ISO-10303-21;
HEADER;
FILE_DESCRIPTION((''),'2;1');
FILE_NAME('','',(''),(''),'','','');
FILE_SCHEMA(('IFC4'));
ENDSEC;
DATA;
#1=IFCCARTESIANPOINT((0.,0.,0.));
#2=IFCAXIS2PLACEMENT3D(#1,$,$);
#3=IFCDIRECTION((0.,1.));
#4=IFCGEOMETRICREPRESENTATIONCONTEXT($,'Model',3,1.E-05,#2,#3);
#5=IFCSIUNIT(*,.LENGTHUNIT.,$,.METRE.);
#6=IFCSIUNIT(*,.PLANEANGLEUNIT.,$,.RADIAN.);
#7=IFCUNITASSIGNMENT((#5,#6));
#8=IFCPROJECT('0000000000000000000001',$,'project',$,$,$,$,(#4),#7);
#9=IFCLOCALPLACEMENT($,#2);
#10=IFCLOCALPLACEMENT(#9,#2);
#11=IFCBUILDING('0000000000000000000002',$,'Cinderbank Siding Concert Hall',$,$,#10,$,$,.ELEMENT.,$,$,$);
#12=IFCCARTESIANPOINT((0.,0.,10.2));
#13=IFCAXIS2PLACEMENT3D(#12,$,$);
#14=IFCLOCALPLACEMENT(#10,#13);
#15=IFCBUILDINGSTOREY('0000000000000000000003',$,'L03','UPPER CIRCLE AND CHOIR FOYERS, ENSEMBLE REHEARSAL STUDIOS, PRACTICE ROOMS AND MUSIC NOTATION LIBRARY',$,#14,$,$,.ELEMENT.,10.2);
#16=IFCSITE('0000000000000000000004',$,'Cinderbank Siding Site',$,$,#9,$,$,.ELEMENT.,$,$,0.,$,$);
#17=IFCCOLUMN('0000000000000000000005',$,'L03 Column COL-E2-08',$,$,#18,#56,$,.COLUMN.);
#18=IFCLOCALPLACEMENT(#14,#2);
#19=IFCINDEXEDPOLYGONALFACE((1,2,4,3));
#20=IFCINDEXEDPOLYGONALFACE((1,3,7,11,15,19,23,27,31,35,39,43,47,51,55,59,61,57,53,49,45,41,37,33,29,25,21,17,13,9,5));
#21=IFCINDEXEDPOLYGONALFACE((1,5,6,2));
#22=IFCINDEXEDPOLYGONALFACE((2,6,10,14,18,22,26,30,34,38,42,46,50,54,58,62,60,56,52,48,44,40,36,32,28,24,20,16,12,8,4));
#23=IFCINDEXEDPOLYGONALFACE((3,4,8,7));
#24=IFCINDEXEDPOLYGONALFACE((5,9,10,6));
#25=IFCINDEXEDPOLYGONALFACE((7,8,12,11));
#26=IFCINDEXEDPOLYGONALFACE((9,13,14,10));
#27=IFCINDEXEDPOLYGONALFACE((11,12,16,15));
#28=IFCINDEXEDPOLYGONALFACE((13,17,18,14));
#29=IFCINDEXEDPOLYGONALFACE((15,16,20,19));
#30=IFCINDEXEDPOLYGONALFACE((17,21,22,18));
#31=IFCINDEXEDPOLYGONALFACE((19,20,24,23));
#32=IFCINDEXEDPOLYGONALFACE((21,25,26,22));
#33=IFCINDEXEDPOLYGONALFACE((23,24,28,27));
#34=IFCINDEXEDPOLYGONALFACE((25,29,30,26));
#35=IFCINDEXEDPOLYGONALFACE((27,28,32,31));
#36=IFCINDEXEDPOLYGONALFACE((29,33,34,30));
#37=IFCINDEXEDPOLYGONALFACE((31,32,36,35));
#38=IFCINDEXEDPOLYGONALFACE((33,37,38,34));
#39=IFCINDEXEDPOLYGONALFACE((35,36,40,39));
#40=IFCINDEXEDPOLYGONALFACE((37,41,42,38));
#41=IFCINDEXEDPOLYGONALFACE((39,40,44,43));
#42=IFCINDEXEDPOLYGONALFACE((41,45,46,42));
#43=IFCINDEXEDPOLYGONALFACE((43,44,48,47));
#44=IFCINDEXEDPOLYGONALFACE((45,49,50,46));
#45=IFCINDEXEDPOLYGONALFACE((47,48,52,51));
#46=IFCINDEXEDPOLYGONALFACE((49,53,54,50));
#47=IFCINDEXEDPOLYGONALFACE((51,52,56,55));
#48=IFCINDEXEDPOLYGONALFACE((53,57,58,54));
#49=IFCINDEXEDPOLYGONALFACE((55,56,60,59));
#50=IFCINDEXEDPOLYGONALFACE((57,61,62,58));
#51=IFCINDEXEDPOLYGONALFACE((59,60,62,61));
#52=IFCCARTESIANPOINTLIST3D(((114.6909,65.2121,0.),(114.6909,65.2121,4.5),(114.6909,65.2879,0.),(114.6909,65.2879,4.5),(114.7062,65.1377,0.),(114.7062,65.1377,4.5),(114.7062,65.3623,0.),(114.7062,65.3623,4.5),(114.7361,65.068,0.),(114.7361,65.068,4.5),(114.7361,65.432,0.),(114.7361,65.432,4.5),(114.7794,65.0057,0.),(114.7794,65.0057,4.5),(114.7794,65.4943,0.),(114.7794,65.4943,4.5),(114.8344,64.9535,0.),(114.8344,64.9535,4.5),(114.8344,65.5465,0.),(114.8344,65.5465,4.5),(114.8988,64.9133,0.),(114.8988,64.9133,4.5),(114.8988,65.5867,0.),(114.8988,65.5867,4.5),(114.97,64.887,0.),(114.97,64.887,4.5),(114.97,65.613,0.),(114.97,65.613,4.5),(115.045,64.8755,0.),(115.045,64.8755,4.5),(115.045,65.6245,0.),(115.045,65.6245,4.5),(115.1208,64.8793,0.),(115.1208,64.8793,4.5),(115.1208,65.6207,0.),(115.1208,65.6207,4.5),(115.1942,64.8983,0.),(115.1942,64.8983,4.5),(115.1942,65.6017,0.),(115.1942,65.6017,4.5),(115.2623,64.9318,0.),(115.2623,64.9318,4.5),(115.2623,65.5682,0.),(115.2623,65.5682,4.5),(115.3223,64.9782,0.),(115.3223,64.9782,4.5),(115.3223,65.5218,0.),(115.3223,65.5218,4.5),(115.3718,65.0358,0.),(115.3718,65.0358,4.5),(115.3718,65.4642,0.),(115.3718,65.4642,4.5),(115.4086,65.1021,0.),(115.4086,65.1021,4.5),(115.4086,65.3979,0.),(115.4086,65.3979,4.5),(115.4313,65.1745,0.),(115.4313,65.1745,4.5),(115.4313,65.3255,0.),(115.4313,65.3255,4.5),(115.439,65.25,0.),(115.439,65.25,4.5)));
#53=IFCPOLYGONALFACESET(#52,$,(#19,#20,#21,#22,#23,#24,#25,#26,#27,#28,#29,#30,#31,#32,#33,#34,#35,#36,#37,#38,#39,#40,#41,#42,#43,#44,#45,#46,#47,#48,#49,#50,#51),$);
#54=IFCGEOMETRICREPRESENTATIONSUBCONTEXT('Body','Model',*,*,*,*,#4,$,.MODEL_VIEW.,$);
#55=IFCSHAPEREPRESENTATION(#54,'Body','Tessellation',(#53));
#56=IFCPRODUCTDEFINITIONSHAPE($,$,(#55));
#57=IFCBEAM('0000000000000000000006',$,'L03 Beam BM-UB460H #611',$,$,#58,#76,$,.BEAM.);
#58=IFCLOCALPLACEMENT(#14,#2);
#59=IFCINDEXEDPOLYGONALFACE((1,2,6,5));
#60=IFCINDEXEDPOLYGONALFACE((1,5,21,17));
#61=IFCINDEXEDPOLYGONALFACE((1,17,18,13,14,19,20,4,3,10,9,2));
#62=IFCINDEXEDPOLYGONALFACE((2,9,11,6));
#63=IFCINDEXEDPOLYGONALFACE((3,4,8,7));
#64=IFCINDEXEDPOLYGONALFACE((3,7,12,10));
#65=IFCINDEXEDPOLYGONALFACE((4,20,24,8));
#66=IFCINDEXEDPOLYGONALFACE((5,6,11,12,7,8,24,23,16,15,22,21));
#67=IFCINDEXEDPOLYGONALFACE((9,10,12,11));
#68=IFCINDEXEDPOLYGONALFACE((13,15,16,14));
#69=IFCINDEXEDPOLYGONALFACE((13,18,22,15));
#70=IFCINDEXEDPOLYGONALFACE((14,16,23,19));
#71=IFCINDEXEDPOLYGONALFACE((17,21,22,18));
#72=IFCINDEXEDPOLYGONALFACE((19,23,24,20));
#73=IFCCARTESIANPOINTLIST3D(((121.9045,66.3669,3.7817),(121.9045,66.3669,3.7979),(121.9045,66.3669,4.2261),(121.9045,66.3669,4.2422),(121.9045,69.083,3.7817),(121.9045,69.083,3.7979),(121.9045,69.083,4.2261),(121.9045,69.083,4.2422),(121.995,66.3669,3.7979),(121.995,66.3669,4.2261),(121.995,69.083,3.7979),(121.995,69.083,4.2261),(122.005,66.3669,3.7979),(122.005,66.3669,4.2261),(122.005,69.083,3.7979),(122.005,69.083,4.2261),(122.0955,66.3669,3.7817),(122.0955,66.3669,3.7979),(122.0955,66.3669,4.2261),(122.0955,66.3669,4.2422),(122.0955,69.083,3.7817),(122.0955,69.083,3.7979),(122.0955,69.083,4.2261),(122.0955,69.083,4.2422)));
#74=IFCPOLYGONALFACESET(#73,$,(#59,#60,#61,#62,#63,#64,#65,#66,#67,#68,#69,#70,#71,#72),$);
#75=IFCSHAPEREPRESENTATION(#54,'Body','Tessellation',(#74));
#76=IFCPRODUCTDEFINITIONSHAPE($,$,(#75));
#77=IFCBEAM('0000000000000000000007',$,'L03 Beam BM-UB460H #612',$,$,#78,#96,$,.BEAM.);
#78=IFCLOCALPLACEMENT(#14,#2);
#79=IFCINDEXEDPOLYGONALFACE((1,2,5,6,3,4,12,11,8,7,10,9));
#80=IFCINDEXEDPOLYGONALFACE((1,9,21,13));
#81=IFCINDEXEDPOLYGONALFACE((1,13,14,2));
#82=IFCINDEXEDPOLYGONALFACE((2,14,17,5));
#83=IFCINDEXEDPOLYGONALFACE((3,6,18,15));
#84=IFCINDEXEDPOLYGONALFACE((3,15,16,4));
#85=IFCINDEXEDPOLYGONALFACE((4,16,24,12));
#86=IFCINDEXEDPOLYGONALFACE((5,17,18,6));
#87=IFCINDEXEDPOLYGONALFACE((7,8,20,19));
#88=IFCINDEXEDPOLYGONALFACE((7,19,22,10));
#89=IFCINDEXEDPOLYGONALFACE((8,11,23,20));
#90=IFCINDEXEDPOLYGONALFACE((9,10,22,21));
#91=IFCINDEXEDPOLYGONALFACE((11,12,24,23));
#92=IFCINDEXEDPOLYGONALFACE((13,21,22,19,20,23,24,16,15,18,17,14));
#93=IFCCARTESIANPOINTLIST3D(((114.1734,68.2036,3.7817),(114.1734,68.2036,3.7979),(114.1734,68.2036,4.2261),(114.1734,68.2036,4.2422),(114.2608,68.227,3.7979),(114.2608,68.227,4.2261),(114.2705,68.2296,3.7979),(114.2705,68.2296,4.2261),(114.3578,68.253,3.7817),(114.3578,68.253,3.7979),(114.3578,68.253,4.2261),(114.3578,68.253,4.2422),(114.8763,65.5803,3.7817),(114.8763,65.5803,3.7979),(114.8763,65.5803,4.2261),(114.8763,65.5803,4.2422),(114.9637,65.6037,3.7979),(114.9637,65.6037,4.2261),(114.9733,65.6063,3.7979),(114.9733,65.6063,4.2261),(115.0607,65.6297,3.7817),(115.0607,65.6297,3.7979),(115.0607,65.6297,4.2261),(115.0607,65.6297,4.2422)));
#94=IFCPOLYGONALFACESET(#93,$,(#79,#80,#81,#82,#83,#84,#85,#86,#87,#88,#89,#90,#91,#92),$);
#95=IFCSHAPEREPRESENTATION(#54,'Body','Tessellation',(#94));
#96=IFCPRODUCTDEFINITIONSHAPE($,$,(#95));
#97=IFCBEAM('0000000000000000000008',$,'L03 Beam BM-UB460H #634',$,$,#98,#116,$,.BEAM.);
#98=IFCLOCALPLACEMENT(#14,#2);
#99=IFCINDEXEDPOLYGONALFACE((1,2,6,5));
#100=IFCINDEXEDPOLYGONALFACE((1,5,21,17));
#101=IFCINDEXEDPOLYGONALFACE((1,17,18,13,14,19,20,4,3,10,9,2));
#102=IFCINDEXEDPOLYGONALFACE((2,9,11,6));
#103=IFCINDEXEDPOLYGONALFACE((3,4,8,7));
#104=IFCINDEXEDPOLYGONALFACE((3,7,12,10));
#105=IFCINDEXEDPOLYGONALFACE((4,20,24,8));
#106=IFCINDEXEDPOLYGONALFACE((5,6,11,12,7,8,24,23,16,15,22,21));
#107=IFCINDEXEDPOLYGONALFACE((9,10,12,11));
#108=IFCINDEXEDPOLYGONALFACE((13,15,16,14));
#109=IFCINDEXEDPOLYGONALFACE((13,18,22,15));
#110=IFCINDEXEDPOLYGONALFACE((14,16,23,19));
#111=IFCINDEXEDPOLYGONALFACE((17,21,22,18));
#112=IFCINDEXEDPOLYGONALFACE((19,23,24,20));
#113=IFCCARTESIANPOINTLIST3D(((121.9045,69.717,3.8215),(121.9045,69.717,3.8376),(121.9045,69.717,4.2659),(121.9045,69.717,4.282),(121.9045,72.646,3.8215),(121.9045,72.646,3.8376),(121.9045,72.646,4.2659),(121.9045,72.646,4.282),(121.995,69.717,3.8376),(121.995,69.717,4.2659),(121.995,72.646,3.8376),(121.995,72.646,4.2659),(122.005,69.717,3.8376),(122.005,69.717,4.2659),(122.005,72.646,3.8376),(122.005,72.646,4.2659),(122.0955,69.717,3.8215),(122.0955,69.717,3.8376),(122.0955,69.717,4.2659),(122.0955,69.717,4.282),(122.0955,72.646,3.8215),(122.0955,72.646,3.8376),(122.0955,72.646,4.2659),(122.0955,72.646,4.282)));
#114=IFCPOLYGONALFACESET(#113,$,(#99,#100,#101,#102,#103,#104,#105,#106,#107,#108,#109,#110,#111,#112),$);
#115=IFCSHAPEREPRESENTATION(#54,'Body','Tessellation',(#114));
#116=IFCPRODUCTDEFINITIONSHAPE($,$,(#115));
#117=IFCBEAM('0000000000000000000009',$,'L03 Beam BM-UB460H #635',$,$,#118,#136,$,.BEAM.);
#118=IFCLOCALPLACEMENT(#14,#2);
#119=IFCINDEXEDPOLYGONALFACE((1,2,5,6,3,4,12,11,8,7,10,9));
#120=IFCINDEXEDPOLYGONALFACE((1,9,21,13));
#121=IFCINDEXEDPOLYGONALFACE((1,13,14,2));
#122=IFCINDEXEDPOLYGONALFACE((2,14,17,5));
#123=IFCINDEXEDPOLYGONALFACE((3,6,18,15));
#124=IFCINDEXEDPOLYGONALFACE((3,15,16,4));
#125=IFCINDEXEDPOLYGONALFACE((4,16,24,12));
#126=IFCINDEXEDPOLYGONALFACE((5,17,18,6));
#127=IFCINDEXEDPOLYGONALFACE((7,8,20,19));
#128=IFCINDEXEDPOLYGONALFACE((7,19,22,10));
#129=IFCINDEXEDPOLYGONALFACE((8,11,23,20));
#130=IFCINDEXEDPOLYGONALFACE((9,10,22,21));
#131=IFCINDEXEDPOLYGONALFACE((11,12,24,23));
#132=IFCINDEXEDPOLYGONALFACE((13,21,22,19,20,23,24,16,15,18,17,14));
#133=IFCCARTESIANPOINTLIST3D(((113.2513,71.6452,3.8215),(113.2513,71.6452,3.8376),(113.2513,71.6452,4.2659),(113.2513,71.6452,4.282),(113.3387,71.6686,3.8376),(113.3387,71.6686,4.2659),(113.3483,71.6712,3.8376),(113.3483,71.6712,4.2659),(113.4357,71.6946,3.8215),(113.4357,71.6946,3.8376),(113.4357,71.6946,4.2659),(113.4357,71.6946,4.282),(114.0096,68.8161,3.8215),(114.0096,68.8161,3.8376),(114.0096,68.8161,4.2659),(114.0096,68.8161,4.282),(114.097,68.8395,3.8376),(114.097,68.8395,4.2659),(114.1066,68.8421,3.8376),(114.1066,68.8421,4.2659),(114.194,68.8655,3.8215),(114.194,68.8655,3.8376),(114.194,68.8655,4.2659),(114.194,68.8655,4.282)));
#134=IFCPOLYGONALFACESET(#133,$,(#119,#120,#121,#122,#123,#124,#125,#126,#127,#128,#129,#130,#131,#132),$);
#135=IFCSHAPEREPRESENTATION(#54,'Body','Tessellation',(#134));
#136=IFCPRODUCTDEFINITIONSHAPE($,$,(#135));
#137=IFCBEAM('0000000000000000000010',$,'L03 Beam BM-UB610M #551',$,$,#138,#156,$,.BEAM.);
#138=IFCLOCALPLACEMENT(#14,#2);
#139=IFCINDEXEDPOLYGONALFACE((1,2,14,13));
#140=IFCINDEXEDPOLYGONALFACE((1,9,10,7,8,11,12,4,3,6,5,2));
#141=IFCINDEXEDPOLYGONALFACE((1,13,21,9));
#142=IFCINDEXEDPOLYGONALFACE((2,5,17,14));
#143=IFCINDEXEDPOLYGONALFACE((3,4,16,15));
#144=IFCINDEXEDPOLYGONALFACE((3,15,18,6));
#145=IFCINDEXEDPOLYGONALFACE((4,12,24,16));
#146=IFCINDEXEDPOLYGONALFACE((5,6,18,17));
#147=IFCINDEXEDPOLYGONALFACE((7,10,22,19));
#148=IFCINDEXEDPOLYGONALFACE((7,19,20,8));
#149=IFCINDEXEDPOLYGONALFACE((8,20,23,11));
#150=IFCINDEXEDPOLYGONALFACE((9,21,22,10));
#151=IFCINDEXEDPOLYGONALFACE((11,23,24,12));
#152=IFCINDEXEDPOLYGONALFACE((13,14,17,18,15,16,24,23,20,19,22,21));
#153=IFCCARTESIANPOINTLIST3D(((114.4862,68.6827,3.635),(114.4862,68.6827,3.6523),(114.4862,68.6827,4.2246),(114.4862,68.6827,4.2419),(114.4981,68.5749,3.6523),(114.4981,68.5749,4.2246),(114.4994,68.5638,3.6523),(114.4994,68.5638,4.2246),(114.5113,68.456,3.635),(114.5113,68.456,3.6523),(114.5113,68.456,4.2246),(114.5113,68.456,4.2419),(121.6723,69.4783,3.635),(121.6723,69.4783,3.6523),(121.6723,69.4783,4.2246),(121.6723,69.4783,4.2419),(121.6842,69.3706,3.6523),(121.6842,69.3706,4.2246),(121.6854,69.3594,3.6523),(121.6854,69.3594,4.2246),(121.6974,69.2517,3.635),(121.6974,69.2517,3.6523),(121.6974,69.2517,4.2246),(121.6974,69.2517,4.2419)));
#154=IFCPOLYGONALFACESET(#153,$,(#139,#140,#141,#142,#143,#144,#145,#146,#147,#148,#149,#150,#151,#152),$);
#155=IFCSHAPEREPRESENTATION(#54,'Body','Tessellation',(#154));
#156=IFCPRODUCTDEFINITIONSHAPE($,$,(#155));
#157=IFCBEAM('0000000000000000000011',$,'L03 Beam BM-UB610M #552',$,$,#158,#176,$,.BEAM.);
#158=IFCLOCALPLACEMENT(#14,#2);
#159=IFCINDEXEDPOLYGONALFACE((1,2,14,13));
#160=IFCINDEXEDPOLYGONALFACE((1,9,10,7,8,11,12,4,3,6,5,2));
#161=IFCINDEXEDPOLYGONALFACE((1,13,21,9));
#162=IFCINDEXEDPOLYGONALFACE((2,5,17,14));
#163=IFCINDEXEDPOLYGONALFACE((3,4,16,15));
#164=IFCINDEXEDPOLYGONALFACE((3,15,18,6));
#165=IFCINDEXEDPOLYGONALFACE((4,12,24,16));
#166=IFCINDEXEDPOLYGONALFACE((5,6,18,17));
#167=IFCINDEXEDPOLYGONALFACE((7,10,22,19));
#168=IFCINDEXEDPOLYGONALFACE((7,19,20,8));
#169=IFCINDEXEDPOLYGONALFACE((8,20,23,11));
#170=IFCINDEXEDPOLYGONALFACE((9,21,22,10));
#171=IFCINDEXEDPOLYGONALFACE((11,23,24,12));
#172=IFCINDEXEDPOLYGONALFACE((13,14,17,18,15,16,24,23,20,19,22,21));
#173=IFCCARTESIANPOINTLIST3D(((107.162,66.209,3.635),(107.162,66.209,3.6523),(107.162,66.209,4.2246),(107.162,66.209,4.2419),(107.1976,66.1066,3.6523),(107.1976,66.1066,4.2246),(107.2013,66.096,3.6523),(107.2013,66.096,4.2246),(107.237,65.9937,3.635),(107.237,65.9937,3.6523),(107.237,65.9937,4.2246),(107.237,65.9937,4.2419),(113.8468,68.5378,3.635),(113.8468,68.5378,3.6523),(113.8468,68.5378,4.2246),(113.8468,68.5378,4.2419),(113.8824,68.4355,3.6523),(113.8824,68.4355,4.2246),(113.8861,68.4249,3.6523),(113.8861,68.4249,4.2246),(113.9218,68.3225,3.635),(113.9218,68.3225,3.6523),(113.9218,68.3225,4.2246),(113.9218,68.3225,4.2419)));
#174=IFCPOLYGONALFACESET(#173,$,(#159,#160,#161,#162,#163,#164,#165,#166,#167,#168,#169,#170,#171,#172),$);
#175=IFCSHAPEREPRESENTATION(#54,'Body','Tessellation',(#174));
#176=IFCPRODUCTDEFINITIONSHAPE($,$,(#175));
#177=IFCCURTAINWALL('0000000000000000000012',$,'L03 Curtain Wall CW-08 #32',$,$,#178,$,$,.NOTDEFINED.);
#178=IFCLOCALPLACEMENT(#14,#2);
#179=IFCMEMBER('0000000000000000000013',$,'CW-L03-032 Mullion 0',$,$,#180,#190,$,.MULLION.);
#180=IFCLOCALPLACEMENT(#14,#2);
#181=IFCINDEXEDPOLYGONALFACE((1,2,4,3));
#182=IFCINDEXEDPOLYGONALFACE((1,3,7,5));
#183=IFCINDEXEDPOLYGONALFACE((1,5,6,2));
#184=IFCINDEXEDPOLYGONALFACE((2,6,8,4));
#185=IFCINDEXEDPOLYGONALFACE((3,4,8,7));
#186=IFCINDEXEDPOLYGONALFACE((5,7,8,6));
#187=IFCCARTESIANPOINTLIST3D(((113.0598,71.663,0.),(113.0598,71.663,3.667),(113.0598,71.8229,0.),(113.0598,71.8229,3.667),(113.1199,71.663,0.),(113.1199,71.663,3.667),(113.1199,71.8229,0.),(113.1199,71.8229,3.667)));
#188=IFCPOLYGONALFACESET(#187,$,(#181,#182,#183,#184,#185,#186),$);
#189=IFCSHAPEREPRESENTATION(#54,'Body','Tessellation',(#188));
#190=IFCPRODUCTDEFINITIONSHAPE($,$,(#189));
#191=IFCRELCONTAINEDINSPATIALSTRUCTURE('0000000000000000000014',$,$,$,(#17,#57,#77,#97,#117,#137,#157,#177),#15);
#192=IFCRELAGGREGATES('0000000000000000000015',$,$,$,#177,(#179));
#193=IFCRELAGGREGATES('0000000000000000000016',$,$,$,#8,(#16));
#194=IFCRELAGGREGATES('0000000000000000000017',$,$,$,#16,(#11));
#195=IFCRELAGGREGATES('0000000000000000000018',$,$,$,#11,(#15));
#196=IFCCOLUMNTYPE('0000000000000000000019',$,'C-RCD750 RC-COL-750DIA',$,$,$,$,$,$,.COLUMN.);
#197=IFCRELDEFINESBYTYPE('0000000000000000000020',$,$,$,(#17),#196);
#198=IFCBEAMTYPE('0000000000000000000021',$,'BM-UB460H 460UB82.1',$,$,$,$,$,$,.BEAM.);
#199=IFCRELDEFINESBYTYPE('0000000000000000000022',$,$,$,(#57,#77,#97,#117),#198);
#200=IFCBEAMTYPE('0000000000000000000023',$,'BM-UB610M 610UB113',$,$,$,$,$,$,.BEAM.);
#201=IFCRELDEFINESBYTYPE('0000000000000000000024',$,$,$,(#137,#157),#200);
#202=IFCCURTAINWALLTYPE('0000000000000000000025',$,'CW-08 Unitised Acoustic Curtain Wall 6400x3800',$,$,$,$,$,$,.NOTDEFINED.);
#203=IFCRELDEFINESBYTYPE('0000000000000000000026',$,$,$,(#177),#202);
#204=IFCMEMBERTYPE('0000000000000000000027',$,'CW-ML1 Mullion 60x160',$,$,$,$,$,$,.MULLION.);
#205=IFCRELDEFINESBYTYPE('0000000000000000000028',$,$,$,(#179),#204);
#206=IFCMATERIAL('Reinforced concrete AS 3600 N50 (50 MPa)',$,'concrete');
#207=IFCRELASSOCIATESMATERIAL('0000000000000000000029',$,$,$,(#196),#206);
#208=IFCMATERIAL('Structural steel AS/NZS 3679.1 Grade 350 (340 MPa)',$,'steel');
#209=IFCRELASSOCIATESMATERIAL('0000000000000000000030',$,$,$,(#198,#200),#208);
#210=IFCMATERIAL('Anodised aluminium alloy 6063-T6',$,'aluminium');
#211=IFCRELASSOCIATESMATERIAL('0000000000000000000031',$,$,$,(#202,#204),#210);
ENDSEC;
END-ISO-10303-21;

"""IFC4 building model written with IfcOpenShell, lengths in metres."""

from ifc_helpers import new_model, si_unit, direction, frame, origin, origin_2d, place, context, subcontext, project, spatial, rectangle, circle, i_section, extrude, material, material_profile, profile_set, type_object, element, aggregate, save


model = new_model("IFC4")

# Units and contexts
model_context = context("Model", 3, precision=1e-05, world=origin(), true_north=direction((0.0, 1.0)))
body_context = subcontext(model_context, "Body", "Model", "MODEL_VIEW")
ifc_project = project(units=[si_unit("LENGTHUNIT", "METRE"), si_unit("PLANEANGLEUNIT", "RADIAN")], contexts=[model_context])

# Site, building, storey
site_placement = place(None, origin())
site = spatial("IfcSite", under=ifc_project, at=site_placement, Name="Cinderbank Siding Site", CompositionType="ELEMENT", RefElevation=0.0)
building_placement = place(site_placement, origin())
building = spatial("IfcBuilding", under=site, at=building_placement, Name="Cinderbank Siding Concert Hall", CompositionType="ELEMENT")
storey_placement = place(building_placement, frame((0.0, 0.0, 10.2)))
storey = spatial("IfcBuildingStorey", under=building, at=storey_placement, Name="L03", Description="UPPER CIRCLE AND CHOIR FOYERS, ENSEMBLE REHEARSAL STUDIOS, PRACTICE ROOMS AND MUSIC NOTATION LIBRARY", CompositionType="ELEMENT", Elevation=10.2)

# Column
ifc_material_1 = material(Name="Reinforced concrete AS 3600 N50 (50 MPa)", Category="concrete")
ifc_material_profile_1 = material_profile(ifc_material_1, circle(Radius=0.375, at=origin_2d()), Name="RC-COL-750DIA", Category="LoadBearing")
ifc_profile_set_1 = profile_set([ifc_material_profile_1], Name="Reinforced concrete AS 3600 N50 (50 MPa)")
column_type_1 = type_object("IfcColumnType", Name="C-RCD750 RC-COL-750DIA", PredefinedType="COLUMN", material=ifc_profile_set_1)
for number, where, z_axis, x_axis, name in (
    (1, (115.064, 65.25, 0.0), (0.0, 0.0, 1.0), (1.0, 0.0, 0.0), "L03 Column COL-E2-08"),
):
    element("IfcColumn", number, at=place(storey_placement, frame(where, z_axis=z_axis, x_axis=x_axis)), inside=storey, type_object=column_type_1, Name=name, PredefinedType="COLUMN", context=body_context, shape_type="SweptSolid", body=[
        extrude(circle(Radius=0.375, at=origin_2d()), origin(), (0.0, 0.0, 1.0), 4.5),
    ])

# Beams
ifc_material_2 = material(Name="Structural steel AS/NZS 3679.1 Grade 350 (340 MPa)", Category="steel")
ifc_material_profile_2 = material_profile(ifc_material_2, i_section(OverallWidth=0.1909, OverallDepth=0.4604, WebThickness=0.01, FlangeThickness=0.0161, at=origin_2d()), Name="460UB82.1", Category="LoadBearing")
ifc_profile_set_2 = profile_set([ifc_material_profile_2], Name="Structural steel AS/NZS 3679.1 Grade 350 (340 MPa)")
beam_type_1 = type_object("IfcBeamType", Name="BM-UB460H 460UB82.1", PredefinedType="BEAM", material=ifc_profile_set_2)
beam_1_placement = place(storey_placement, frame((122.0, 66.3669, 4.012), z_axis=(0.0, 1.0, 0.0), x_axis=(-1.0, 0.0, 0.0)))
element("IfcBeam", 2, at=beam_1_placement, inside=storey, type_object=beam_type_1, Name="L03 Beam BM-UB460H #611", PredefinedType="BEAM", context=body_context, shape_type="SweptSolid", body=[
    extrude(i_section(OverallWidth=0.1909, OverallDepth=0.4604, WebThickness=0.01, FlangeThickness=0.0161, at=origin_2d()), origin(), (0.0, 0.0, 1.0), 2.7161),
])
beam_2_placement = place(storey_placement, frame((114.9685, 65.605, 4.012), z_axis=(-0.258809, 0.965928, 0.0), x_axis=(-0.965928, -0.258809, 0.0)))
element("IfcBeam", 3, at=beam_2_placement, inside=storey, type_object=beam_type_1, Name="L03 Beam BM-UB460H #612", PredefinedType="BEAM", context=body_context, shape_type="SweptSolid", body=[
    extrude(i_section(OverallWidth=0.1909, OverallDepth=0.4604, WebThickness=0.01, FlangeThickness=0.0161, at=origin_2d()), origin(), (0.0, 0.0, 1.0), 2.7158),
])
for number, where, z_axis, x_axis, name in (
    (4, (122.0, 69.717, 4.0518), (0.0, 1.0, 0.0), (-1.0, 0.0, 0.0), "L03 Beam BM-UB460H #634"),
    (5, (114.1018, 68.8408, 4.0518), (-0.258897, 0.965905, 0.0), (-0.965905, -0.258897, 0.0), "L03 Beam BM-UB460H #635"),
):
    element("IfcBeam", number, at=place(storey_placement, frame(where, z_axis=z_axis, x_axis=x_axis)), inside=storey, type_object=beam_type_1, Name=name, PredefinedType="BEAM", context=body_context, shape_type="SweptSolid", body=[
        extrude(i_section(OverallWidth=0.1909, OverallDepth=0.4604, WebThickness=0.01, FlangeThickness=0.0161, at=origin_2d()), origin(), (0.0, 0.0, 1.0), 2.929),
    ])
ifc_material_profile_3 = material_profile(ifc_material_2, i_section(OverallWidth=0.228, OverallDepth=0.6069, WebThickness=0.0112, FlangeThickness=0.0173, at=origin_2d()), Name="610UB113", Category="LoadBearing")
ifc_profile_set_3 = profile_set([ifc_material_profile_3], Name="Structural steel AS/NZS 3679.1 Grade 350 (340 MPa)")
beam_type_2 = type_object("IfcBeamType", Name="BM-UB610M 610UB113", PredefinedType="BEAM", material=ifc_profile_set_3)
beam_3_placement = place(storey_placement, frame((121.6848, 69.365, 3.9385), z_axis=(-0.993926, -0.11005, 0.0), x_axis=(0.11005, -0.993926, 0.0)))
element("IfcBeam", 6, at=beam_3_placement, inside=storey, type_object=beam_type_2, Name="L03 Beam BM-UB610M #551", PredefinedType="BEAM", context=body_context, shape_type="SweptSolid", body=[
    extrude(i_section(OverallWidth=0.228, OverallDepth=0.6069, WebThickness=0.0112, FlangeThickness=0.0173, at=origin_2d()), origin(), (0.0, 0.0, 1.0), 7.23),
])
beam_4_placement = place(storey_placement, frame((113.8843, 68.4302, 3.9385), z_axis=(-0.944334, -0.328987, 0.0), x_axis=(0.328987, -0.944334, 0.0)))
element("IfcBeam", 7, at=beam_4_placement, inside=storey, type_object=beam_type_2, Name="L03 Beam BM-UB610M #552", PredefinedType="BEAM", context=body_context, shape_type="SweptSolid", body=[
    extrude(i_section(OverallWidth=0.228, OverallDepth=0.6069, WebThickness=0.0112, FlangeThickness=0.0173, at=origin_2d()), origin(), (0.0, 0.0, 1.0), 7.0789),
])

# Curtain wall, member
ifc_material_3 = material(Name="Anodised aluminium alloy 6063-T6", Category="aluminium")
curtain_wall_type_1 = type_object("IfcCurtainWallType", Name="CW-08 Unitised Acoustic Curtain Wall 6400x3800", PredefinedType="NOTDEFINED", material=ifc_material_3)
curtain_wall_1_placement = place(storey_placement, origin())
curtain_wall_1 = element("IfcCurtainWall", 8, at=curtain_wall_1_placement, inside=storey, type_object=curtain_wall_type_1, Name="L03 Curtain Wall CW-08 #32", PredefinedType="NOTDEFINED")
ifc_material_profile_4 = material_profile(ifc_material_3, rectangle(XDim=0.0601, YDim=0.1599, at=origin_2d()), Name="ALU-MULL-60x160", Category="LoadBearing")
ifc_profile_set_4 = profile_set([ifc_material_profile_4], Name="Anodised aluminium alloy 6063-T6")
member_type_1 = type_object("IfcMemberType", Name="CW-ML1 Mullion 60x160", PredefinedType="MULLION", material=ifc_profile_set_4)
member_1_placement = place(storey_placement, frame((113.0898, 71.7429, 0.0), z_axis=(0.0, 0.0, 1.0), x_axis=(1.0, 0.0, 0.0)))
member_1 = element("IfcMember", 9, at=member_1_placement, type_object=member_type_1, Name="CW-L03-032 Mullion 0", PredefinedType="MULLION", context=body_context, shape_type="SweptSolid", body=[
    extrude(rectangle(XDim=0.0601, YDim=0.1599, at=origin_2d()), origin(), (0.0, 0.0, 1.0), 3.667),
])

aggregate(curtain_wall_1, [member_1])

save(model, "model.ifc")
